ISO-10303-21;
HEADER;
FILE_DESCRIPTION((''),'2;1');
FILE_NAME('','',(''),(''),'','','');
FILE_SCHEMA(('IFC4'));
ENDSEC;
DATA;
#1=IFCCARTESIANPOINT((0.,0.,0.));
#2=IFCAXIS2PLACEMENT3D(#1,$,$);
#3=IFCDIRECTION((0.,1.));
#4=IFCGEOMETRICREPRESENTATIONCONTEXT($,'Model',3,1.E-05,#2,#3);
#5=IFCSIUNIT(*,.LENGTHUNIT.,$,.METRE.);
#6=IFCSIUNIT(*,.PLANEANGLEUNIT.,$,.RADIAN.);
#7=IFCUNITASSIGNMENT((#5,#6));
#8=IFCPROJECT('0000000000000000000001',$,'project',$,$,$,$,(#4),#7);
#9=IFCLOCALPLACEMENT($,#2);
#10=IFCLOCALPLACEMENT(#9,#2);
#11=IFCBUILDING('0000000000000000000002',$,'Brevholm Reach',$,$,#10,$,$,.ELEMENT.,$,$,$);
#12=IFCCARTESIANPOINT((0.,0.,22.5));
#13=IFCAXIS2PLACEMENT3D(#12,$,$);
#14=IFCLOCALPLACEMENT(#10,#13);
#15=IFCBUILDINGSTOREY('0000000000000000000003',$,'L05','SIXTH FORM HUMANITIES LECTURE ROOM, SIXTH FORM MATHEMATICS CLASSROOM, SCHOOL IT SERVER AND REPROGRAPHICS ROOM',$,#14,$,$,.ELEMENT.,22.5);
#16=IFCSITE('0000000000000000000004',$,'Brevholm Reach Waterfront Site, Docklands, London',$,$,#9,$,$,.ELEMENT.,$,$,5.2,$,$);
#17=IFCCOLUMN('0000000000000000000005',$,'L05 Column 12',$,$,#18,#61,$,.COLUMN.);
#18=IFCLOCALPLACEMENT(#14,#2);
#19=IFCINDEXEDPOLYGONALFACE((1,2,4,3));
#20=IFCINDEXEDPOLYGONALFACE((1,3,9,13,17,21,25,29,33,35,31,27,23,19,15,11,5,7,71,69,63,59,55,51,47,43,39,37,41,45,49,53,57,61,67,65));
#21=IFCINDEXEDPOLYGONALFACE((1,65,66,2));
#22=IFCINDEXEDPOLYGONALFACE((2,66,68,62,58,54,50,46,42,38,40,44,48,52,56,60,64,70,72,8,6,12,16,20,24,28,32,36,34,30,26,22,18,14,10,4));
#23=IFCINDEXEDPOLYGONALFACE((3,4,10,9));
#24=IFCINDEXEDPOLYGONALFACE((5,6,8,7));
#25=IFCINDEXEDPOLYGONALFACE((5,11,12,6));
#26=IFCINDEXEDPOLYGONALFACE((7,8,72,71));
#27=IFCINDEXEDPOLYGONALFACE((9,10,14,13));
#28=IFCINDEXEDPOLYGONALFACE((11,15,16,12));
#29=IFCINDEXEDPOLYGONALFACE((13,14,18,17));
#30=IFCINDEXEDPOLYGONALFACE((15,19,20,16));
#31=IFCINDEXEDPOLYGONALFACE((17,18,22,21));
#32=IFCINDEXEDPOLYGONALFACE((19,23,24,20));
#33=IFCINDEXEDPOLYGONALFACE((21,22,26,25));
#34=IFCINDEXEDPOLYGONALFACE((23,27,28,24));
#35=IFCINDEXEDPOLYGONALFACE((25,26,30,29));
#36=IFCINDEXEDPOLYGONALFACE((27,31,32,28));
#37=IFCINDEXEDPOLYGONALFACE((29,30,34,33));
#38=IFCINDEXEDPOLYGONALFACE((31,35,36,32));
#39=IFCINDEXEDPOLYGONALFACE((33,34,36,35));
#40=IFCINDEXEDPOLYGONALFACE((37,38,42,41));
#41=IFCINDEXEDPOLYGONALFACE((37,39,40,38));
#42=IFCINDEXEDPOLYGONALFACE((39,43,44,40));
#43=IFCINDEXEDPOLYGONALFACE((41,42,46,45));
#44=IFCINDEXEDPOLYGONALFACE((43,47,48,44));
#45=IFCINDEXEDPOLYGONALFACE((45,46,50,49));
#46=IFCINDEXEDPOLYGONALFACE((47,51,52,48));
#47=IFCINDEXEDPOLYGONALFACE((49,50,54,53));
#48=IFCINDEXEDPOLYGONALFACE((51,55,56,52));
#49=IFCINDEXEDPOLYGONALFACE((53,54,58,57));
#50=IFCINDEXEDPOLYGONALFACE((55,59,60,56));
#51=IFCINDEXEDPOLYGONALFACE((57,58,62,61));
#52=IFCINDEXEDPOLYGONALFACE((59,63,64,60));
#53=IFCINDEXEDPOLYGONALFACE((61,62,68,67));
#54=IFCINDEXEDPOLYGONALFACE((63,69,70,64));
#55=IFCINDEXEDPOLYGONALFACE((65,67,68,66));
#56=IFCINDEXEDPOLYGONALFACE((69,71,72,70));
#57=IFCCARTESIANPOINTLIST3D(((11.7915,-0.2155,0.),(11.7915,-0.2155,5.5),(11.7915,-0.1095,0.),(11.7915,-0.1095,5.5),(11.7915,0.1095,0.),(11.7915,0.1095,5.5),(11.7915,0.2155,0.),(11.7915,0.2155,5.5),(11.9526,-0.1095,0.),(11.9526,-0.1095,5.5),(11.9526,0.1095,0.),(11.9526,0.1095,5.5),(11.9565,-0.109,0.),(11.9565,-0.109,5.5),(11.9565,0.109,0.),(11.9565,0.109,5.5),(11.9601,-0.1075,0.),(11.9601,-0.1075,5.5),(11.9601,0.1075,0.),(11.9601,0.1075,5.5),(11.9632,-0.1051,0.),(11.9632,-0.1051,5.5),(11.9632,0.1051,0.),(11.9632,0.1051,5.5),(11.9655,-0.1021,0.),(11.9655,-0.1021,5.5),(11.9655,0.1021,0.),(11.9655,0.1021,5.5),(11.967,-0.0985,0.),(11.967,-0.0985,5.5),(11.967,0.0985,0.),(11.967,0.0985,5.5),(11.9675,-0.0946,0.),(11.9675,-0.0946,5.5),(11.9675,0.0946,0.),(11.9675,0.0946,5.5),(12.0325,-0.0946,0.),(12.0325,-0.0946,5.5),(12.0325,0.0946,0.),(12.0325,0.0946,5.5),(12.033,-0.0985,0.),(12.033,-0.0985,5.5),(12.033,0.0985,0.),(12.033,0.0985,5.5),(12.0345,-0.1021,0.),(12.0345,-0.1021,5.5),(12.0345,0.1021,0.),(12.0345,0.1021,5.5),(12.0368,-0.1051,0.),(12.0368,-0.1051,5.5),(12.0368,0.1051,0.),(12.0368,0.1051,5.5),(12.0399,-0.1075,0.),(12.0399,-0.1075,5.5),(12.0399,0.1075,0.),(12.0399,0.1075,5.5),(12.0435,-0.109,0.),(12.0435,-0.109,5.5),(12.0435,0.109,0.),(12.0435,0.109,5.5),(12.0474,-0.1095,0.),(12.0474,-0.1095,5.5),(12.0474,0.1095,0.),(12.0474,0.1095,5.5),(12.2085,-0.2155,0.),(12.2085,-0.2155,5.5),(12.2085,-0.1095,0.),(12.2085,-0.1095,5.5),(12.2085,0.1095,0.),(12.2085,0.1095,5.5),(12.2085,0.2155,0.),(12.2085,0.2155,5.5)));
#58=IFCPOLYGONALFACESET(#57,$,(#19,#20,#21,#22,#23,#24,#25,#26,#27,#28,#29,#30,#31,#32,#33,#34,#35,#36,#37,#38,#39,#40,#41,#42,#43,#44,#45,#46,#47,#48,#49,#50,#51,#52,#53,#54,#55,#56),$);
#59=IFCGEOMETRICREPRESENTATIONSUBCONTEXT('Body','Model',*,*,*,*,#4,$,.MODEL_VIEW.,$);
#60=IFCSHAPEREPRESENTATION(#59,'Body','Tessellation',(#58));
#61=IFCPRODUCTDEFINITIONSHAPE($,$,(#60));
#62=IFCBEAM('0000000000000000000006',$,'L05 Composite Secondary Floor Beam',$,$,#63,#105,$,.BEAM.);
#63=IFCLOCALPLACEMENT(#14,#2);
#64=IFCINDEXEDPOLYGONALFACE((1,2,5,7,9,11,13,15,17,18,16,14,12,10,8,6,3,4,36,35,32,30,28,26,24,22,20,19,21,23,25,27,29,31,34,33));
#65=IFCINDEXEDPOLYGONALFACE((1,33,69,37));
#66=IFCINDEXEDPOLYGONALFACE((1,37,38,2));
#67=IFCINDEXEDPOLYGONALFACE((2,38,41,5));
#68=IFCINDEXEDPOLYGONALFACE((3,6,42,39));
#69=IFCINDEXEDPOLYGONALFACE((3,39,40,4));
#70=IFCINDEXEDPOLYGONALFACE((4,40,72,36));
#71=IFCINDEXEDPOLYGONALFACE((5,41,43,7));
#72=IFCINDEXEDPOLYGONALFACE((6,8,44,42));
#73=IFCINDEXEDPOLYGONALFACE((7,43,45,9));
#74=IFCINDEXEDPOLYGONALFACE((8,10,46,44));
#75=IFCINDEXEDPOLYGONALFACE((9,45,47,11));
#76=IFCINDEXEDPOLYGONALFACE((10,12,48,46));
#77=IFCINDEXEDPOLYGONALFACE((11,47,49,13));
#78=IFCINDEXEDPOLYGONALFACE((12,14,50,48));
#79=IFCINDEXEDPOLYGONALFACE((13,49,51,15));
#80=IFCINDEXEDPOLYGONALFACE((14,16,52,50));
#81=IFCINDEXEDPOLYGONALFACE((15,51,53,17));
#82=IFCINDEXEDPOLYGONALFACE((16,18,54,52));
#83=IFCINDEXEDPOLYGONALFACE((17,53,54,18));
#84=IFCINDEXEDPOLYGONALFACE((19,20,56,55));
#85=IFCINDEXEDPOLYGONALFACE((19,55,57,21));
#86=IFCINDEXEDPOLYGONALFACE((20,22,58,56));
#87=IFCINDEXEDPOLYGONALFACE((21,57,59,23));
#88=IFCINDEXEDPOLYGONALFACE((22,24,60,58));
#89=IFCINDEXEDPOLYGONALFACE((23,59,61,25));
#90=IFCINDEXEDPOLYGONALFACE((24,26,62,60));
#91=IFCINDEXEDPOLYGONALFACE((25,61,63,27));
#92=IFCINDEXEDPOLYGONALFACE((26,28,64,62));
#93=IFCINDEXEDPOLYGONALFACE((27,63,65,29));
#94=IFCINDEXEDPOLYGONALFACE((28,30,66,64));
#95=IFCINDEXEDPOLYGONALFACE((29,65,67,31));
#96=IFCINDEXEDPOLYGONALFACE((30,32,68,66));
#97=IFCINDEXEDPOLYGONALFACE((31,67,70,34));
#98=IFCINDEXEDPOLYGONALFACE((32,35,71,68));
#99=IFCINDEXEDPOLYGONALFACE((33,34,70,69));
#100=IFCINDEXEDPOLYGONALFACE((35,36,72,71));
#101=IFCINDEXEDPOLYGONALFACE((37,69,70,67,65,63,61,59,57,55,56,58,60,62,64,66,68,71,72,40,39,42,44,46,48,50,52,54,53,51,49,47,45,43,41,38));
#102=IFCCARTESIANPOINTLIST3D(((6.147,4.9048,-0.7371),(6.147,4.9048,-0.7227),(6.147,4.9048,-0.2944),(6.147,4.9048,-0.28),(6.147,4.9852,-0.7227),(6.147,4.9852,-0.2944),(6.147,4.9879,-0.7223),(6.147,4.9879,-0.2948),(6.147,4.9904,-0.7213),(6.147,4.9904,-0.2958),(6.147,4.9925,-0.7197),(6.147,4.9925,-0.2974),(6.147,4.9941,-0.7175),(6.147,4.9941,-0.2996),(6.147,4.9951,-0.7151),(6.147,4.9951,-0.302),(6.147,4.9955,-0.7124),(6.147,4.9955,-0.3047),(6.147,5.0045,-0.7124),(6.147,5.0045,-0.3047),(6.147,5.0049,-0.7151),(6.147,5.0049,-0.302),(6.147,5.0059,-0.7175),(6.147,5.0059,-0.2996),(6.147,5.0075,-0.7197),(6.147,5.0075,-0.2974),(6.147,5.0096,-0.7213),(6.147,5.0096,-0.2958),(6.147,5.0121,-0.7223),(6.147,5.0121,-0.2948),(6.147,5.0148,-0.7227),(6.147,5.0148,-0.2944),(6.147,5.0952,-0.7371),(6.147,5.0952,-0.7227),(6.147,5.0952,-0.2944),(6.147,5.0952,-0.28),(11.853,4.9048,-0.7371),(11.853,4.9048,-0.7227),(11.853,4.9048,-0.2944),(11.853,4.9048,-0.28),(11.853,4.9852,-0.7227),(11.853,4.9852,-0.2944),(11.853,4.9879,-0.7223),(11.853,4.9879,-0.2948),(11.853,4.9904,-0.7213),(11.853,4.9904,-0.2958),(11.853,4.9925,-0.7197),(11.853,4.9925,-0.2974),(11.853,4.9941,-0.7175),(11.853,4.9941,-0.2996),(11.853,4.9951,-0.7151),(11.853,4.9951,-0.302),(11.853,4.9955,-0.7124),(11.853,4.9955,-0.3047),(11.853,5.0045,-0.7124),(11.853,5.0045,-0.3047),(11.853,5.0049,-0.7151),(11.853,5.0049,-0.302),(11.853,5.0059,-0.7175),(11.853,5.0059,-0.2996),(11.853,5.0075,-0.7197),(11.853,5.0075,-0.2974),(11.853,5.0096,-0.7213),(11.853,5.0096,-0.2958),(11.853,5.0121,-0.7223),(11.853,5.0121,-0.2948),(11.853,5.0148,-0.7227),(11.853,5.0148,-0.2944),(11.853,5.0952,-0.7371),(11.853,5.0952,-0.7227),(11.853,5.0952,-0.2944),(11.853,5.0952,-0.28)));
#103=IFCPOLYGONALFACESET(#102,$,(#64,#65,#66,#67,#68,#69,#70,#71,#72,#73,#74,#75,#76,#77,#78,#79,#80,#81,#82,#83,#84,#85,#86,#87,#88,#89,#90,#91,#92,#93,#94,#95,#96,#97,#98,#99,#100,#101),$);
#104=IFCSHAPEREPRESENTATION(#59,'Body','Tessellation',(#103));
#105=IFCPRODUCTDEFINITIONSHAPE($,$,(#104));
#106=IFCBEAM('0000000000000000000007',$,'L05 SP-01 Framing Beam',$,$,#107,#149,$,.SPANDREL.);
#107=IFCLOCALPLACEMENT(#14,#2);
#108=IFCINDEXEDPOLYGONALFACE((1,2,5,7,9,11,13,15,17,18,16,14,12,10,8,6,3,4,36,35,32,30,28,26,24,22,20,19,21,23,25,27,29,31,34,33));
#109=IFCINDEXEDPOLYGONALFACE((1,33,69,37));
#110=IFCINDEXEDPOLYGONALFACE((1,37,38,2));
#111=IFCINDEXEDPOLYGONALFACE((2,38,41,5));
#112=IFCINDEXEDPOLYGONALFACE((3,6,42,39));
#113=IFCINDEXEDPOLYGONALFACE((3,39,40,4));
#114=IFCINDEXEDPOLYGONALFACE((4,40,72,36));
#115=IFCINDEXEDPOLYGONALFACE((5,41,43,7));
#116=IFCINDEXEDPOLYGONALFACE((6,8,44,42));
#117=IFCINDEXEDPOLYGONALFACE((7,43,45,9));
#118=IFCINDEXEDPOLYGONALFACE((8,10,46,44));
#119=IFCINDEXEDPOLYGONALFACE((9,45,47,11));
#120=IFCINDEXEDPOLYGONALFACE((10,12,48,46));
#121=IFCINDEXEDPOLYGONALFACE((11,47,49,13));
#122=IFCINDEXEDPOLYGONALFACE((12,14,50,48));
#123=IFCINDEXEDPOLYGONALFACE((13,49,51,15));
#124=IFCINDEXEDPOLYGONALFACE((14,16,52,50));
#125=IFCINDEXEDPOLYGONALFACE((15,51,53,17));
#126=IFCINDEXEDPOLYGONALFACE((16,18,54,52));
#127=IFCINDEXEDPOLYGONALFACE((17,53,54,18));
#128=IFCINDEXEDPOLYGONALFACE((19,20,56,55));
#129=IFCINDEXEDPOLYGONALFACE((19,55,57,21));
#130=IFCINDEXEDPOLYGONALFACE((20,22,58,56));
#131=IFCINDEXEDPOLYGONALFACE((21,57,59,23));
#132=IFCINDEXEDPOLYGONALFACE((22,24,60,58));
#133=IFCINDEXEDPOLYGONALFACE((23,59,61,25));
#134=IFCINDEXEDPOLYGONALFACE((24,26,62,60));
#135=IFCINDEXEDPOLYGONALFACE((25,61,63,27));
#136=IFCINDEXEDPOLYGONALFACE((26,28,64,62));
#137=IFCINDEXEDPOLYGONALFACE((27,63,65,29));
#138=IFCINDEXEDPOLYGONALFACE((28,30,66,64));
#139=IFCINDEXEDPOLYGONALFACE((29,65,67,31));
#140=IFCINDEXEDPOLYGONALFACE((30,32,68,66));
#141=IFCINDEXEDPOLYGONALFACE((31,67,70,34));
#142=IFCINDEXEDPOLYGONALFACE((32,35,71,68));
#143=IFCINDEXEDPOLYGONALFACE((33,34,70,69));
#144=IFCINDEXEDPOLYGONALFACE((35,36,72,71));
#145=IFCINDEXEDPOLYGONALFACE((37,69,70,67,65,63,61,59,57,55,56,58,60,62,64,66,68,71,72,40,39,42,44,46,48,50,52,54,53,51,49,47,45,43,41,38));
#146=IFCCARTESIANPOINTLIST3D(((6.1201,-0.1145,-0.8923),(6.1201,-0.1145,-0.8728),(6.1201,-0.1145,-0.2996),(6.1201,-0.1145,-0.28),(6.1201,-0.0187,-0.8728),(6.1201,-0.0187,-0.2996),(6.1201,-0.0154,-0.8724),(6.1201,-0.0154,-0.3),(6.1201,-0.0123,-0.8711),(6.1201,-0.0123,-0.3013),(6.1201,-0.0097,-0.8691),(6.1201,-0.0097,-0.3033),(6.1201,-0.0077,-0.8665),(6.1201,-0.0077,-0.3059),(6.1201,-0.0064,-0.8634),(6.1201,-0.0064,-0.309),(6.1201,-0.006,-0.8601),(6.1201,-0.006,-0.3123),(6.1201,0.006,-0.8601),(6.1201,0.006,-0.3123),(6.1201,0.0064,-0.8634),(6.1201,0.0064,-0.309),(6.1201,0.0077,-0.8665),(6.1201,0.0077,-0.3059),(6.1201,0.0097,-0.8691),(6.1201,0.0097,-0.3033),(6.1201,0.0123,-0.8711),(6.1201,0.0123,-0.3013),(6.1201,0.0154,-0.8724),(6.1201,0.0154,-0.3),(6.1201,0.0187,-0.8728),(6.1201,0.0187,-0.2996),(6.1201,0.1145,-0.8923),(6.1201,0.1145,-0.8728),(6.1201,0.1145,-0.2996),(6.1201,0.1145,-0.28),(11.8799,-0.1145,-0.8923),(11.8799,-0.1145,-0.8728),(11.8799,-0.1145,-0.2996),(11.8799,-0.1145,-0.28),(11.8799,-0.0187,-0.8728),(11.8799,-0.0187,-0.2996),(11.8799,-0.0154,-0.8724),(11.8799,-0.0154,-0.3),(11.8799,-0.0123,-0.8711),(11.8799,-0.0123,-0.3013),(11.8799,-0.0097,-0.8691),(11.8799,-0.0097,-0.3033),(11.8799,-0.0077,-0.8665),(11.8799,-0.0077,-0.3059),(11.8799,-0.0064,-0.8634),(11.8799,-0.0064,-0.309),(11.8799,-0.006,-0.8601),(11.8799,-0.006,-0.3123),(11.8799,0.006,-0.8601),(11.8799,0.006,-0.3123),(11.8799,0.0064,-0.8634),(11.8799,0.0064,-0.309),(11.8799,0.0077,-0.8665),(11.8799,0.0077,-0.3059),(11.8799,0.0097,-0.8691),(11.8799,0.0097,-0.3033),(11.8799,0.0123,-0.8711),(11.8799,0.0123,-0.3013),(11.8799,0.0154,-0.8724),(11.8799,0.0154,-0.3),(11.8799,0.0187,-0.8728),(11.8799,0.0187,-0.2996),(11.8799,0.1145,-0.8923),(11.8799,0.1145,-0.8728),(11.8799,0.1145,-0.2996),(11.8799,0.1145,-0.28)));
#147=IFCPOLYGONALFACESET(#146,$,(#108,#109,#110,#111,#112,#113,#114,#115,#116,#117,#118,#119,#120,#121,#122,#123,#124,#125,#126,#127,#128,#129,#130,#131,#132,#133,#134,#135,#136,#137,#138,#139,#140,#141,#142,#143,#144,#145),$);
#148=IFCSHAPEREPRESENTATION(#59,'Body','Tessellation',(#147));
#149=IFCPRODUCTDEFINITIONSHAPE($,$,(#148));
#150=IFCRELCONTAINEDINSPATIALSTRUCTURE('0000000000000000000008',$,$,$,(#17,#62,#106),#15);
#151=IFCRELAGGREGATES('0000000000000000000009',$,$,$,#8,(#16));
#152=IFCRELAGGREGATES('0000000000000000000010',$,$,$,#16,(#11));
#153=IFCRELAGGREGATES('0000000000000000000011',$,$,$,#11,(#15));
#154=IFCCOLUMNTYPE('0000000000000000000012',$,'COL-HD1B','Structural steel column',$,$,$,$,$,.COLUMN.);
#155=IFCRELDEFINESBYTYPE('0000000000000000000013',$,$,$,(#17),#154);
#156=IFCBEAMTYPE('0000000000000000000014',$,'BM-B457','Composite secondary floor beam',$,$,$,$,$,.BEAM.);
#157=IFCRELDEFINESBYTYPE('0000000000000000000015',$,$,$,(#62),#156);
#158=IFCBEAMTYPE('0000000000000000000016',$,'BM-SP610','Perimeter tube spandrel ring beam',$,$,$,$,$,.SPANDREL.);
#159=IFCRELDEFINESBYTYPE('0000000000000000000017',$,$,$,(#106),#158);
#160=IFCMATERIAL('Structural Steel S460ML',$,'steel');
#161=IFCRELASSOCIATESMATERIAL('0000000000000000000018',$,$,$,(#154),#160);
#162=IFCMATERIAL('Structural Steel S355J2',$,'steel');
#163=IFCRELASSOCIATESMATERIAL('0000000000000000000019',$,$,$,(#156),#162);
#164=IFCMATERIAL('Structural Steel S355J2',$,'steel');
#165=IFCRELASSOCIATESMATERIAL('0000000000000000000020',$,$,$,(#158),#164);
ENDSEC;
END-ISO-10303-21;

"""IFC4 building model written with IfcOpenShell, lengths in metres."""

from ifc_helpers import new_model, si_unit, direction, frame, origin, origin_2d, place, context, subcontext, project, spatial, i_section, extrude, material, material_profile, profile_set, type_object, element, save


model = new_model("IFC4")

# Units and contexts
model_context = context("Model", 3, precision=1e-05, world=origin(), true_north=direction((0.0, 1.0)))
body_context = subcontext(model_context, "Body", "Model", "MODEL_VIEW")
ifc_project = project(units=[si_unit("LENGTHUNIT", "METRE"), si_unit("PLANEANGLEUNIT", "RADIAN")], contexts=[model_context])

# Site, building, storey
site_placement = place(None, origin())
site = spatial("IfcSite", under=ifc_project, at=site_placement, Name="Brevholm Reach Waterfront Site, Docklands, London", CompositionType="ELEMENT", RefElevation=5.2)
building_placement = place(site_placement, origin())
building = spatial("IfcBuilding", under=site, at=building_placement, Name="Brevholm Reach", CompositionType="ELEMENT")
storey_placement = place(building_placement, frame((0.0, 0.0, 22.5)))
storey = spatial("IfcBuildingStorey", under=building, at=storey_placement, Name="L05", Description="SIXTH FORM HUMANITIES LECTURE ROOM, SIXTH FORM MATHEMATICS CLASSROOM, SCHOOL IT SERVER AND REPROGRAPHICS ROOM", CompositionType="ELEMENT", Elevation=22.5)

# Column
ifc_material_1 = material(Name="Structural Steel S460ML", Category="steel")
ifc_material_profile_1 = material_profile(ifc_material_1, i_section(OverallWidth=0.417, OverallDepth=0.4309, WebThickness=0.0649, FlangeThickness=0.106, FilletRadius=0.0149, at=origin_2d()), Name="HD 400x900")
ifc_profile_set_1 = profile_set([ifc_material_profile_1], Name="Structural Steel S460ML")
column_type = type_object("IfcColumnType", Name="COL-HD1B", Description="Structural steel column", PredefinedType="COLUMN", material=ifc_profile_set_1)
for number, where, z_axis, x_axis, name in (
    (1, (12.0, 0.0, 0.0), (0.0, 0.0, 1.0), (1.0, 0.0, 0.0), "L05 Column 12"),
):
    element("IfcColumn", number, at=place(storey_placement, frame(where, z_axis=z_axis, x_axis=x_axis)), inside=storey, type_object=column_type, Name=name, PredefinedType="COLUMN", context=body_context, shape_type="SweptSolid", body=[
        extrude(i_section(OverallWidth=0.417, OverallDepth=0.4309, WebThickness=0.0649, FlangeThickness=0.106, FilletRadius=0.0149, at=origin_2d()), origin(), (0.0, 0.0, 1.0), 5.5),
    ])

# Beams
ifc_material_2 = material(Name="Structural Steel S355J2", Category="steel")
ifc_material_profile_2 = material_profile(ifc_material_2, i_section(OverallWidth=0.1904, OverallDepth=0.457, WebThickness=0.009, FlangeThickness=0.0144, FilletRadius=0.0103, at=origin_2d()), Name="UKB 457x191x74")
ifc_profile_set_2 = profile_set([ifc_material_profile_2], Name="Structural Steel S355J2")
beam_type_1 = type_object("IfcBeamType", Name="BM-B457", Description="Composite secondary floor beam", PredefinedType="BEAM", material=ifc_profile_set_2)
beam_1_placement = place(storey_placement, frame((6.147, 5.0, -0.5085), z_axis=(1.0, 0.0, 0.0), x_axis=(0.0, 1.0, 0.0)))
element("IfcBeam", 2, at=beam_1_placement, inside=storey, type_object=beam_type_1, Name="L05 Composite Secondary Floor Beam", PredefinedType="BEAM", context=body_context, shape_type="SweptSolid", body=[
    extrude(i_section(OverallWidth=0.1904, OverallDepth=0.457, WebThickness=0.009, FlangeThickness=0.0144, FilletRadius=0.0103, at=origin_2d()), origin(), (0.0, 0.0, 1.0), 5.7061),
])
ifc_material_3 = material(Name="Structural Steel S355J2", Category="steel")
ifc_material_profile_3 = material_profile(ifc_material_3, i_section(OverallWidth=0.229, OverallDepth=0.6123, WebThickness=0.012, FlangeThickness=0.0195, FilletRadius=0.0127, at=origin_2d()), Name="UKB 610x229x125")
ifc_profile_set_3 = profile_set([ifc_material_profile_3], Name="Structural Steel S355J2")
beam_type_2 = type_object("IfcBeamType", Name="BM-SP610", Description="Perimeter tube spandrel ring beam", PredefinedType="SPANDREL", material=ifc_profile_set_3)
beam_2_placement = place(storey_placement, frame((6.1201, 0.0, -0.5862), z_axis=(1.0, 0.0, 0.0), x_axis=(0.0, 1.0, 0.0)))
element("IfcBeam", 3, at=beam_2_placement, inside=storey, type_object=beam_type_2, Name="L05 SP-01 Framing Beam", PredefinedType="SPANDREL", context=body_context, shape_type="SweptSolid", body=[
    extrude(i_section(OverallWidth=0.229, OverallDepth=0.6123, WebThickness=0.012, FlangeThickness=0.0195, FilletRadius=0.0127, at=origin_2d()), origin(), (0.0, 0.0, 1.0), 5.7598),
])

save(model, "model.ifc")
